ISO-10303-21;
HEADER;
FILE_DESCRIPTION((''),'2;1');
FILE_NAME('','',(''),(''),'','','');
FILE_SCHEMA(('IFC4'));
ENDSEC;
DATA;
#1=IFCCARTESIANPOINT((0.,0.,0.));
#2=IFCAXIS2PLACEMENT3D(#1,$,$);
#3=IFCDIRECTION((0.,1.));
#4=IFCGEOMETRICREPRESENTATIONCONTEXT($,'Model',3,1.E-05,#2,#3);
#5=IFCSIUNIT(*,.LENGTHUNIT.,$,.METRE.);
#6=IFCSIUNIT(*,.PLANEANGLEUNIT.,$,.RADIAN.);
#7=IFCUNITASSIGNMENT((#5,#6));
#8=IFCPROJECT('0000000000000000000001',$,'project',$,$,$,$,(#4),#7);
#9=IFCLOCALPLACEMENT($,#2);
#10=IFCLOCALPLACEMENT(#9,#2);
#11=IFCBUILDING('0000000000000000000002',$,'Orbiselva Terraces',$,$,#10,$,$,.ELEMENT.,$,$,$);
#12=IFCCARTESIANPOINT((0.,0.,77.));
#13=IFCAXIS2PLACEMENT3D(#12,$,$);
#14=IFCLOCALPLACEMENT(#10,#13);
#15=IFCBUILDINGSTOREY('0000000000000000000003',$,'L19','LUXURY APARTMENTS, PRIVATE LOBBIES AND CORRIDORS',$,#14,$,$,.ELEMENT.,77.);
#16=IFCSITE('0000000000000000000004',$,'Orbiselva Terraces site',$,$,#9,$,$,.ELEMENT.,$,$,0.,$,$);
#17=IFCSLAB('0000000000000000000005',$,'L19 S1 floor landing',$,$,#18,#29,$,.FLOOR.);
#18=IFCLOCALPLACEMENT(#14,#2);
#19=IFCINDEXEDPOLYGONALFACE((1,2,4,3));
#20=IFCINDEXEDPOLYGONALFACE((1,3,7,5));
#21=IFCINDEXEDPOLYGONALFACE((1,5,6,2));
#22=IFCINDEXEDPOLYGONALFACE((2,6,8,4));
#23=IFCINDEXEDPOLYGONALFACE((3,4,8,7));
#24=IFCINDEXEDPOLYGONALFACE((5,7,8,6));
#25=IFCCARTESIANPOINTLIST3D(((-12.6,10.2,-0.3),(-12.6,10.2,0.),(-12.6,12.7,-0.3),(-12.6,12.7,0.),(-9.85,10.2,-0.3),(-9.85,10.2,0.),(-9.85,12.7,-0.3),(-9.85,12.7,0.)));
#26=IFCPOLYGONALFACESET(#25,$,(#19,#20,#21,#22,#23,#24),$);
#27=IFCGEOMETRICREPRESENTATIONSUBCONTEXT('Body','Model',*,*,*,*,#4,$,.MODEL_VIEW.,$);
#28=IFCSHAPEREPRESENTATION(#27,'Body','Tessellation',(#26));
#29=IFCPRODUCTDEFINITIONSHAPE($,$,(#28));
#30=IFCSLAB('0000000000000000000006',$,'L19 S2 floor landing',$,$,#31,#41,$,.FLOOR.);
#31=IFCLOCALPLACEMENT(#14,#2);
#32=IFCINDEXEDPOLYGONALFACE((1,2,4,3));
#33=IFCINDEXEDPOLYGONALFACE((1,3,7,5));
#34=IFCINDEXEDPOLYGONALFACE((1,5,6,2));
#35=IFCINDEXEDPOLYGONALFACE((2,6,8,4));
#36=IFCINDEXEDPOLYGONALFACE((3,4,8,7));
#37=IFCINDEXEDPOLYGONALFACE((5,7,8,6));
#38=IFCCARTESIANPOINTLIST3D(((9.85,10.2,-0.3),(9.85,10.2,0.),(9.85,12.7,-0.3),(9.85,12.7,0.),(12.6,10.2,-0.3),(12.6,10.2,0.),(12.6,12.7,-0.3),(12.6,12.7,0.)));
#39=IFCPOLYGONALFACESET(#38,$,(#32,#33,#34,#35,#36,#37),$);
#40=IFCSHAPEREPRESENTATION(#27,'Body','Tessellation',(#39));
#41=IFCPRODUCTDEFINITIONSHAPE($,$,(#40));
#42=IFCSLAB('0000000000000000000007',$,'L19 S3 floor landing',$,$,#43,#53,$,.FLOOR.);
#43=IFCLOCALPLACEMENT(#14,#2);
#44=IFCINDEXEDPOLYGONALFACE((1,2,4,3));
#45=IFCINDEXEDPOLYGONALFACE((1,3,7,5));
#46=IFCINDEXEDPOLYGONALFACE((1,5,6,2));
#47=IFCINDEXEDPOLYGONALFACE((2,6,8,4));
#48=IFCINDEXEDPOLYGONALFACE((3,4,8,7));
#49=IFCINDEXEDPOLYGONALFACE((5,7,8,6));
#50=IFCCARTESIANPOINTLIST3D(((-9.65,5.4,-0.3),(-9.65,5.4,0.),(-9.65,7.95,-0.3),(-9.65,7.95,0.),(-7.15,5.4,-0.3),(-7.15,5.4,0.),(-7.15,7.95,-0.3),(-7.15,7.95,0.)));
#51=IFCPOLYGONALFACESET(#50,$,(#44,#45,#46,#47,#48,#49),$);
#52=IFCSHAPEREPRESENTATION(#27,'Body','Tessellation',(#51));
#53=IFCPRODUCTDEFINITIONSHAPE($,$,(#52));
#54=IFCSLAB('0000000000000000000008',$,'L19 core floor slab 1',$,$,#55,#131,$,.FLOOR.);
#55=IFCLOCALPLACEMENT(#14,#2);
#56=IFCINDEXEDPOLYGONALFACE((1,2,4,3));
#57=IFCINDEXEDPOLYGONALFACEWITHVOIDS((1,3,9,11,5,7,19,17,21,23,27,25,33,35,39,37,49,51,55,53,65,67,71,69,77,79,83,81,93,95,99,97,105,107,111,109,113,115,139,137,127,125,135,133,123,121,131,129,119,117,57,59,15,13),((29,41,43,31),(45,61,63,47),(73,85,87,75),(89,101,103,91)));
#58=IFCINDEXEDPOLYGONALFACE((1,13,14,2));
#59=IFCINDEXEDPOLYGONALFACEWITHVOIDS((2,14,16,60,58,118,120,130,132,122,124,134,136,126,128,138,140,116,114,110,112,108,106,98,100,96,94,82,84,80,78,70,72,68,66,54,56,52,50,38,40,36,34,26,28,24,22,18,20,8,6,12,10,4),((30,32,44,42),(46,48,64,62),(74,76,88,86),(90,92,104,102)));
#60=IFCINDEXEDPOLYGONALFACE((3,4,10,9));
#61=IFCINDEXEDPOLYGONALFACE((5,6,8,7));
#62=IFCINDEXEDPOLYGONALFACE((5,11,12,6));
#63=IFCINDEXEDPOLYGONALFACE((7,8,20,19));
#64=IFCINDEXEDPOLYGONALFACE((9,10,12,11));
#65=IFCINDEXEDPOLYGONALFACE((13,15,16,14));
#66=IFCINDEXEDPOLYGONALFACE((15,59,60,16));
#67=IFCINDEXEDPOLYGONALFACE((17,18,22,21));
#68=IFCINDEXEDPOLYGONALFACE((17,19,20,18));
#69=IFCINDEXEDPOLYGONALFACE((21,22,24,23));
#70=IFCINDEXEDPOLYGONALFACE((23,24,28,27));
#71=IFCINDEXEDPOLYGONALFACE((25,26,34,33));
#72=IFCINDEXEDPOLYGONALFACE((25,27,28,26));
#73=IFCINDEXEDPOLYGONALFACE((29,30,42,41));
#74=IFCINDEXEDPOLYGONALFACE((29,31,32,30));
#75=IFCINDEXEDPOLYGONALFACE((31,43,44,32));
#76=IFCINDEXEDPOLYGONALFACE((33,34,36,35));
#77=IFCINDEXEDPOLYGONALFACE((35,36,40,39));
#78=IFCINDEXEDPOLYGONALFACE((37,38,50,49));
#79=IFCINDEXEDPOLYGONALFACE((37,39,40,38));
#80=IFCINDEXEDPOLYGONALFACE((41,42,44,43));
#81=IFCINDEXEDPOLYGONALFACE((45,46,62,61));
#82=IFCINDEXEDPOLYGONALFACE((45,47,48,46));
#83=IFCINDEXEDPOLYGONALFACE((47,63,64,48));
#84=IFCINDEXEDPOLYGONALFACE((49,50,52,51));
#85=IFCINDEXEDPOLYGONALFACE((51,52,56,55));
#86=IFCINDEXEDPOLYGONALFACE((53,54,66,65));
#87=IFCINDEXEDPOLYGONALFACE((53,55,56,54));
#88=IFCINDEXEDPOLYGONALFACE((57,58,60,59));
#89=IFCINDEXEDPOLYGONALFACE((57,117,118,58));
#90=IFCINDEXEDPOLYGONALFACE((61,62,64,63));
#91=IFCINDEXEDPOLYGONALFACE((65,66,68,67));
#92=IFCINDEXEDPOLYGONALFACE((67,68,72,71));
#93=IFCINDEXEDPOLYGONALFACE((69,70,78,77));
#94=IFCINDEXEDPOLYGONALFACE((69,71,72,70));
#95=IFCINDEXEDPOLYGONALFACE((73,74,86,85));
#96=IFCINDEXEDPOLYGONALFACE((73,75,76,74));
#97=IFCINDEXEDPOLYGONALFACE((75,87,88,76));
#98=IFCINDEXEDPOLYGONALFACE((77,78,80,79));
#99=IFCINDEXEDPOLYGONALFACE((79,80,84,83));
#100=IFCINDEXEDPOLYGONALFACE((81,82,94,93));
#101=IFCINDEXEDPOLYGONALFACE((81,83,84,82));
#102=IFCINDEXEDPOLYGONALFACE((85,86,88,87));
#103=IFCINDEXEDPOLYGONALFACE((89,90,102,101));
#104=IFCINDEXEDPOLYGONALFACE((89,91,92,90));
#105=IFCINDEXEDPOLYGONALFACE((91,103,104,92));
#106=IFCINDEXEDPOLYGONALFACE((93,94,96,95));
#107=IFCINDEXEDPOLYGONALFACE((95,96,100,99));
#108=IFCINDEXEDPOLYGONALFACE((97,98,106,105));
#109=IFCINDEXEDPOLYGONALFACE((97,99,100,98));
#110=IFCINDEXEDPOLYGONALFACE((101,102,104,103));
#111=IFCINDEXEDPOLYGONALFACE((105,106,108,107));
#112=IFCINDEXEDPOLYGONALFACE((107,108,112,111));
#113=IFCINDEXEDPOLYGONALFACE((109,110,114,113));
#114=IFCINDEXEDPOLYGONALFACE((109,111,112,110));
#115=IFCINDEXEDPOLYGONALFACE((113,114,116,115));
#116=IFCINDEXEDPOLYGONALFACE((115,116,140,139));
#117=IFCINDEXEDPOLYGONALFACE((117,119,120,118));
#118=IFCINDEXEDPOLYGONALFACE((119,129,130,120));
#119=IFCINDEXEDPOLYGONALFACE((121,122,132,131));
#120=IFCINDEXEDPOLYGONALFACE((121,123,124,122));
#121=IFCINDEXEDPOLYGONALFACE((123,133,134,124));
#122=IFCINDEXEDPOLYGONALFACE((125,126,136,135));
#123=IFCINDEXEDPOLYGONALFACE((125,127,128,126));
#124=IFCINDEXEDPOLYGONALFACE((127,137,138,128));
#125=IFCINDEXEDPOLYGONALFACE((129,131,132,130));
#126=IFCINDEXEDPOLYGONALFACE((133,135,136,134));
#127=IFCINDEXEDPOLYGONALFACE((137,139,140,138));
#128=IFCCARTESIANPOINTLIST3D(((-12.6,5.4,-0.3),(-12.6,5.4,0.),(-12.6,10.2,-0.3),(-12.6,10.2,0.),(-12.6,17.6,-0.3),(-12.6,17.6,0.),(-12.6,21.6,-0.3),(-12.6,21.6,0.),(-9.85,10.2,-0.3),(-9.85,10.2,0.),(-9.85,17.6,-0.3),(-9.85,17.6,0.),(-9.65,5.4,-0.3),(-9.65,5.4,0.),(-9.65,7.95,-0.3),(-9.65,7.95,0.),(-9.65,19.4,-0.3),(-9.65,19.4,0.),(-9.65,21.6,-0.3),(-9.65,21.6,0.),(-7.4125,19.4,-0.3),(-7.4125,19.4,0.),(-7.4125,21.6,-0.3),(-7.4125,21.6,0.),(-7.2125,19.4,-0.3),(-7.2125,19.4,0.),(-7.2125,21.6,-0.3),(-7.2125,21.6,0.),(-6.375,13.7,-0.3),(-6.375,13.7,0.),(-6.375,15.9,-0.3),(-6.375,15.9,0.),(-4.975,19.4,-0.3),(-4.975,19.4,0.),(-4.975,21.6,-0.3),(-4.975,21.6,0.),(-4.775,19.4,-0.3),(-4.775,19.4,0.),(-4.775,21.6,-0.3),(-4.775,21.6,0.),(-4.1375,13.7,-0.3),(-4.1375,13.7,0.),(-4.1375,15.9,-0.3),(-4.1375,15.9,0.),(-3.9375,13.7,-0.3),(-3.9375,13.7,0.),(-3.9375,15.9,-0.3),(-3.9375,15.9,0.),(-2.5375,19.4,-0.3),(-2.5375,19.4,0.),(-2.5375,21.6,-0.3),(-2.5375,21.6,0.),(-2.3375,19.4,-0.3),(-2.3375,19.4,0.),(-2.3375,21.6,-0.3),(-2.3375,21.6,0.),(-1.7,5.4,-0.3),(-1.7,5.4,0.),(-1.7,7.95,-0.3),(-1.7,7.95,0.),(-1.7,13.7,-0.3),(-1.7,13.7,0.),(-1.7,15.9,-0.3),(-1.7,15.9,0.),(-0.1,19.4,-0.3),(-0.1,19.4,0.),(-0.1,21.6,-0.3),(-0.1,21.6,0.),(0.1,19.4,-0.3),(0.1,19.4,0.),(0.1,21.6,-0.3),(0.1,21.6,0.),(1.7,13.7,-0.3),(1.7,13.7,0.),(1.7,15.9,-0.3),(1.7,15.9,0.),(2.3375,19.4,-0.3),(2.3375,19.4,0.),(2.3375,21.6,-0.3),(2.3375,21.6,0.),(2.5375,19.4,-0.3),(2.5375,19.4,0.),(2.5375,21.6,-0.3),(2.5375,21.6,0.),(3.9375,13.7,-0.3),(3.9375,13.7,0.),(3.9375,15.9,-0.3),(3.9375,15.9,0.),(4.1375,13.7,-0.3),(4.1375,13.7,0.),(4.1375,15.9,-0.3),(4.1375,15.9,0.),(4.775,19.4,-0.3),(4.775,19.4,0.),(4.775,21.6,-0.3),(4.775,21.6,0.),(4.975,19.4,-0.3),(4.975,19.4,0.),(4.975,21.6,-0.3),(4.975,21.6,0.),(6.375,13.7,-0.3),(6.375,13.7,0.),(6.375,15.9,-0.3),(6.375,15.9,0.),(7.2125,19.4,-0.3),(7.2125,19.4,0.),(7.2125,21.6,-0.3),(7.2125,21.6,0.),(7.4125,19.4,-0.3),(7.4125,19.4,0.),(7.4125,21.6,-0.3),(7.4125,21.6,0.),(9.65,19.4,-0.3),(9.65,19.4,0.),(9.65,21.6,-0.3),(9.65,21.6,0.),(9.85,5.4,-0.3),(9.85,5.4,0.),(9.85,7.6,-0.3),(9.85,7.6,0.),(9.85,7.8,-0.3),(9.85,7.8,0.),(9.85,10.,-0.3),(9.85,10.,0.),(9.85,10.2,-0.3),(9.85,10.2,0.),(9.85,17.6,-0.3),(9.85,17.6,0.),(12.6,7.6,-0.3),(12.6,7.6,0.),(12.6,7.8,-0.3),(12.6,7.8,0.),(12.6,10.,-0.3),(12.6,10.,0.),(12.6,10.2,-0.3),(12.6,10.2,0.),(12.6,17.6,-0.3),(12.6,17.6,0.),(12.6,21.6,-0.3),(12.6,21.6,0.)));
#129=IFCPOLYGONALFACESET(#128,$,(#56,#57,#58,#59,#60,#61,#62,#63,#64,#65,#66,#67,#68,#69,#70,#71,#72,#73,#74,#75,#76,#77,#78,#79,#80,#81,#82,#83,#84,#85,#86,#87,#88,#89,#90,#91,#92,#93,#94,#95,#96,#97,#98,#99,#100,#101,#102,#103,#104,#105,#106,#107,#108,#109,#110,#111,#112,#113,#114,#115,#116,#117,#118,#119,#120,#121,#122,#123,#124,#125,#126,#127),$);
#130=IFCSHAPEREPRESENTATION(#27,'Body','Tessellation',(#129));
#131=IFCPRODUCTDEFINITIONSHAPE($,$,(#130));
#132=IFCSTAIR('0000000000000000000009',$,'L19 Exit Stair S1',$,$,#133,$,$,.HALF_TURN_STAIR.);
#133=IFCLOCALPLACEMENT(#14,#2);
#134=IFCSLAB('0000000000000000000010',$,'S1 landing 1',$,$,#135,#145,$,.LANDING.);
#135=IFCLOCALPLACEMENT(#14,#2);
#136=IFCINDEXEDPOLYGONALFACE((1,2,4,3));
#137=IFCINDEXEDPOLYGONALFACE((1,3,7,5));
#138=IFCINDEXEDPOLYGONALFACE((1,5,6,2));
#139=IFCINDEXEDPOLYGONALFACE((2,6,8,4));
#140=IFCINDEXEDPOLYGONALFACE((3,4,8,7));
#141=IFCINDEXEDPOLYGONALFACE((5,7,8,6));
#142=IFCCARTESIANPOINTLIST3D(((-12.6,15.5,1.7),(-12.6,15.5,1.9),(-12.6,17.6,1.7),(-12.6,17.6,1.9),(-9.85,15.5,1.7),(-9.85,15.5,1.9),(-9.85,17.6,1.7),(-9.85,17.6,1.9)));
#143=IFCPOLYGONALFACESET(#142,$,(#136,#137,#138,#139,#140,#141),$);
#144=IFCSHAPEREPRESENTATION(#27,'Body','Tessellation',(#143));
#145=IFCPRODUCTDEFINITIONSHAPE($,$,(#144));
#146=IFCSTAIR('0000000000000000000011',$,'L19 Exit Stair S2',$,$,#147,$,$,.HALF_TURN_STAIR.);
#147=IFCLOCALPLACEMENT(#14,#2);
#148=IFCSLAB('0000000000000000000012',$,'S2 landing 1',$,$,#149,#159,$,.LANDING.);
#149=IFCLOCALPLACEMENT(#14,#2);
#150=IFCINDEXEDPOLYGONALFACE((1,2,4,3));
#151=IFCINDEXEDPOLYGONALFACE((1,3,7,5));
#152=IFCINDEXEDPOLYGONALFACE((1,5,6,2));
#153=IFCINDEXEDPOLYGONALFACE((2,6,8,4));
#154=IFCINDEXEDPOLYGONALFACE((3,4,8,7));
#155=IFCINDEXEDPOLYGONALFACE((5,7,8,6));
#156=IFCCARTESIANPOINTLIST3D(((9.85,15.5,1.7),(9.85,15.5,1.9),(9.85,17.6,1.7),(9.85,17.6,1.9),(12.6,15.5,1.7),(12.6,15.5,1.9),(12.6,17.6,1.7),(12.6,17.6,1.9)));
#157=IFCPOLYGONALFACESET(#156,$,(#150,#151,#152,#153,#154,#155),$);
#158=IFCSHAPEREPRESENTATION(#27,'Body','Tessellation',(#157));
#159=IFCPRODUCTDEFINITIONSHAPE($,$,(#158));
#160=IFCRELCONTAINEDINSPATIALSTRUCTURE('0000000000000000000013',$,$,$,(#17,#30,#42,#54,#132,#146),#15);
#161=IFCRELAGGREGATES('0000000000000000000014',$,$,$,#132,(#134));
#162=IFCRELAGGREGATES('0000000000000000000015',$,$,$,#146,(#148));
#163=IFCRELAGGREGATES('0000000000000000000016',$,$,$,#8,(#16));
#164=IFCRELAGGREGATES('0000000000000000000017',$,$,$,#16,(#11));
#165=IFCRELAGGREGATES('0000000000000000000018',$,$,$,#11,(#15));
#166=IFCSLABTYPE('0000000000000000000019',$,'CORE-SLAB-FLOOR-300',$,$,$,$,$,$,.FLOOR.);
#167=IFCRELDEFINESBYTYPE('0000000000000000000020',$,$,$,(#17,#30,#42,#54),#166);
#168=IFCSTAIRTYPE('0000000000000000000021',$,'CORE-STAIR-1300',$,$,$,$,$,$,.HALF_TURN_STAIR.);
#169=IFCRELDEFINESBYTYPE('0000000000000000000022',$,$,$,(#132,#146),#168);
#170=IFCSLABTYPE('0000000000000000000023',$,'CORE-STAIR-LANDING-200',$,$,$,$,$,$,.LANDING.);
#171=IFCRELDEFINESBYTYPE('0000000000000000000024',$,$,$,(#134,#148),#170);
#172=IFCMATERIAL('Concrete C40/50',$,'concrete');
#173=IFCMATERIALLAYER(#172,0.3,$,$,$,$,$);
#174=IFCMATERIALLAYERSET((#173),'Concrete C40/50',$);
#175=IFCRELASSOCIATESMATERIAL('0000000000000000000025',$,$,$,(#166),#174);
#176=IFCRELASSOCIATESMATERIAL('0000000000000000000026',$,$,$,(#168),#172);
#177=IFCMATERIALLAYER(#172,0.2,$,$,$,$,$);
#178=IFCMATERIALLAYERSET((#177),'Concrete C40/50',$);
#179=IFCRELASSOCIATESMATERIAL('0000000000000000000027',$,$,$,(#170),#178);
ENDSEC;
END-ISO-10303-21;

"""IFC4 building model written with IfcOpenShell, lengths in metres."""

from ifc_helpers import new_model, si_unit, direction, frame, origin, place, context, subcontext, project, spatial, polyline, outline, extrude, material, layer, layer_set, type_object, element, aggregate, save


model = new_model("IFC4")

# Units and contexts
model_context = context("Model", 3, precision=1e-05, world=origin(), true_north=direction((0.0, 1.0)))
body_context = subcontext(model_context, "Body", "Model", "MODEL_VIEW")
ifc_project = project(units=[si_unit("LENGTHUNIT", "METRE"), si_unit("PLANEANGLEUNIT", "RADIAN")], contexts=[model_context])

# Site, building, storey
site_placement = place(None, origin())
site = spatial("IfcSite", under=ifc_project, at=site_placement, Name="Orbiselva Terraces site", CompositionType="ELEMENT", RefElevation=0.0)
building_placement = place(site_placement, origin())
building = spatial("IfcBuilding", under=site, at=building_placement, Name="Orbiselva Terraces", CompositionType="ELEMENT")
storey_placement = place(building_placement, frame((0.0, 0.0, 77.0)))
storey = spatial("IfcBuildingStorey", under=building, at=storey_placement, Name="L19", Description="LUXURY APARTMENTS, PRIVATE LOBBIES AND CORRIDORS", CompositionType="ELEMENT", Elevation=77.0)

# Slabs
ifc_material_1 = material(Name="Concrete C40/50", Category="concrete")
ifc_layer_1 = layer(ifc_material_1, 0.3)
ifc_layer_set_1 = layer_set([ifc_layer_1], Name="Concrete C40/50")
slab_type_1 = type_object("IfcSlabType", Name="CORE-SLAB-FLOOR-300", PredefinedType="FLOOR", material=ifc_layer_set_1)
slab_1_placement = place(storey_placement, frame((0.0, 0.0, -0.3)))
element("IfcSlab", 1, at=slab_1_placement, inside=storey, type_object=slab_type_1, Name="L19 S1 floor landing", PredefinedType="FLOOR", context=body_context, shape_type="SweptSolid", body=[
    extrude(outline(polyline([(-12.6, 12.7), (-9.85, 12.7), (-9.85, 10.2), (-12.6, 10.2), (-12.6, 12.7)])), origin(), (0.0, 0.0, 1.0), 0.3),
])
slab_2_placement = place(storey_placement, frame((0.0, 0.0, -0.3)))
element("IfcSlab", 2, at=slab_2_placement, inside=storey, type_object=slab_type_1, Name="L19 S2 floor landing", PredefinedType="FLOOR", context=body_context, shape_type="SweptSolid", body=[
    extrude(outline(polyline([(12.6, 12.7), (12.6, 10.2), (9.85, 10.2), (9.85, 12.7), (12.6, 12.7)])), origin(), (0.0, 0.0, 1.0), 0.3),
])
slab_3_placement = place(storey_placement, frame((0.0, 0.0, -0.3)))
element("IfcSlab", 3, at=slab_3_placement, inside=storey, type_object=slab_type_1, Name="L19 S3 floor landing", PredefinedType="FLOOR", context=body_context, shape_type="SweptSolid", body=[
    extrude(outline(polyline([(-7.15, 5.4), (-9.65, 5.4), (-9.65, 7.95), (-7.15, 7.95), (-7.15, 5.4)])), origin(), (0.0, 0.0, 1.0), 0.3),
])
slab_4_placement = place(storey_placement, frame((0.0, 0.0, -0.3)))
element("IfcSlab", 4, at=slab_4_placement, inside=storey, type_object=slab_type_1, Name="L19 core floor slab 1", PredefinedType="FLOOR", context=body_context, shape_type="SweptSolid", body=[
    extrude(outline(polyline([(-1.7, 5.4), (-1.7, 7.95), (-9.65, 7.95), (-9.65, 5.4), (-12.6, 5.4), (-12.6, 10.2), (-9.85, 10.2), (-9.85, 17.6), (-12.6, 17.6), (-12.6, 21.6), (-9.65, 21.6), (-9.65, 19.4), (-7.4125, 19.4), (-7.4125, 21.6), (-7.2125, 21.6), (-7.2125, 19.4), (-4.975, 19.4), (-4.975, 21.6), (-4.775, 21.6), (-4.775, 19.4), (-2.5375, 19.4), (-2.5375, 21.6), (-2.3375, 21.6), (-2.3375, 19.4), (-0.1, 19.4), (-0.1, 21.6), (0.1, 21.6), (0.1, 19.4), (2.3375, 19.4), (2.3375, 21.6), (2.5375, 21.6), (2.5375, 19.4), (4.775, 19.4), (4.775, 21.6), (4.975, 21.6), (4.975, 19.4), (7.2125, 19.4), (7.2125, 21.6), (7.4125, 21.6), (7.4125, 19.4), (9.65, 19.4), (9.65, 21.6), (12.6, 21.6), (12.6, 17.6), (9.85, 17.6), (9.85, 10.2), (12.6, 10.2), (12.6, 10.0), (9.85, 10.0), (9.85, 7.8), (12.6, 7.8), (12.6, 7.6), (9.85, 7.6), (9.85, 5.4), (-1.7, 5.4)]), holes=[polyline([(-4.1375, 13.7), (-4.1375, 15.9), (-6.375, 15.9), (-6.375, 13.7), (-4.1375, 13.7)]), polyline([(-1.7, 13.7), (-1.7, 15.9), (-3.9375, 15.9), (-3.9375, 13.7), (-1.7, 13.7)]), polyline([(3.9375, 13.7), (3.9375, 15.9), (1.7, 15.9), (1.7, 13.7), (3.9375, 13.7)]), polyline([(6.375, 13.7), (6.375, 15.9), (4.1375, 15.9), (4.1375, 13.7), (6.375, 13.7)])]), origin(), (0.0, 0.0, 1.0), 0.3),
])

# Stairs, slabs
stair_type = type_object("IfcStairType", Name="CORE-STAIR-1300", PredefinedType="HALF_TURN_STAIR", material=ifc_material_1)
stair_1_placement = place(storey_placement, origin())
stair_1 = element("IfcStair", 5, at=stair_1_placement, inside=storey, type_object=stair_type, Name="L19 Exit Stair S1", PredefinedType="HALF_TURN_STAIR")
ifc_layer_2 = layer(ifc_material_1, 0.2)
ifc_layer_set_2 = layer_set([ifc_layer_2], Name="Concrete C40/50")
slab_type_2 = type_object("IfcSlabType", Name="CORE-STAIR-LANDING-200", PredefinedType="LANDING", material=ifc_layer_set_2)
slab_5_placement = place(storey_placement, frame((0.0, 0.0, 1.7)))
slab_5 = element("IfcSlab", 6, at=slab_5_placement, type_object=slab_type_2, Name="S1 landing 1", PredefinedType="LANDING", context=body_context, shape_type="SweptSolid", body=[
    extrude(outline(polyline([(-9.85, 15.5), (-9.85, 17.6), (-12.6, 17.6), (-12.6, 15.5), (-9.85, 15.5)])), origin(), (0.0, 0.0, 1.0), 0.2),
])
aggregate(stair_1, [slab_5])
stair_2_placement = place(storey_placement, origin())
stair_2 = element("IfcStair", 7, at=stair_2_placement, inside=storey, type_object=stair_type, Name="L19 Exit Stair S2", PredefinedType="HALF_TURN_STAIR")
slab_6_placement = place(storey_placement, frame((0.0, 0.0, 1.7)))
slab_6 = element("IfcSlab", 8, at=slab_6_placement, type_object=slab_type_2, Name="S2 landing 1", PredefinedType="LANDING", context=body_context, shape_type="SweptSolid", body=[
    extrude(outline(polyline([(12.6, 15.5), (12.6, 17.6), (9.85, 17.6), (9.85, 15.5), (12.6, 15.5)])), origin(), (0.0, 0.0, 1.0), 0.2),
])
aggregate(stair_2, [slab_6])

save(model, "model.ifc")
